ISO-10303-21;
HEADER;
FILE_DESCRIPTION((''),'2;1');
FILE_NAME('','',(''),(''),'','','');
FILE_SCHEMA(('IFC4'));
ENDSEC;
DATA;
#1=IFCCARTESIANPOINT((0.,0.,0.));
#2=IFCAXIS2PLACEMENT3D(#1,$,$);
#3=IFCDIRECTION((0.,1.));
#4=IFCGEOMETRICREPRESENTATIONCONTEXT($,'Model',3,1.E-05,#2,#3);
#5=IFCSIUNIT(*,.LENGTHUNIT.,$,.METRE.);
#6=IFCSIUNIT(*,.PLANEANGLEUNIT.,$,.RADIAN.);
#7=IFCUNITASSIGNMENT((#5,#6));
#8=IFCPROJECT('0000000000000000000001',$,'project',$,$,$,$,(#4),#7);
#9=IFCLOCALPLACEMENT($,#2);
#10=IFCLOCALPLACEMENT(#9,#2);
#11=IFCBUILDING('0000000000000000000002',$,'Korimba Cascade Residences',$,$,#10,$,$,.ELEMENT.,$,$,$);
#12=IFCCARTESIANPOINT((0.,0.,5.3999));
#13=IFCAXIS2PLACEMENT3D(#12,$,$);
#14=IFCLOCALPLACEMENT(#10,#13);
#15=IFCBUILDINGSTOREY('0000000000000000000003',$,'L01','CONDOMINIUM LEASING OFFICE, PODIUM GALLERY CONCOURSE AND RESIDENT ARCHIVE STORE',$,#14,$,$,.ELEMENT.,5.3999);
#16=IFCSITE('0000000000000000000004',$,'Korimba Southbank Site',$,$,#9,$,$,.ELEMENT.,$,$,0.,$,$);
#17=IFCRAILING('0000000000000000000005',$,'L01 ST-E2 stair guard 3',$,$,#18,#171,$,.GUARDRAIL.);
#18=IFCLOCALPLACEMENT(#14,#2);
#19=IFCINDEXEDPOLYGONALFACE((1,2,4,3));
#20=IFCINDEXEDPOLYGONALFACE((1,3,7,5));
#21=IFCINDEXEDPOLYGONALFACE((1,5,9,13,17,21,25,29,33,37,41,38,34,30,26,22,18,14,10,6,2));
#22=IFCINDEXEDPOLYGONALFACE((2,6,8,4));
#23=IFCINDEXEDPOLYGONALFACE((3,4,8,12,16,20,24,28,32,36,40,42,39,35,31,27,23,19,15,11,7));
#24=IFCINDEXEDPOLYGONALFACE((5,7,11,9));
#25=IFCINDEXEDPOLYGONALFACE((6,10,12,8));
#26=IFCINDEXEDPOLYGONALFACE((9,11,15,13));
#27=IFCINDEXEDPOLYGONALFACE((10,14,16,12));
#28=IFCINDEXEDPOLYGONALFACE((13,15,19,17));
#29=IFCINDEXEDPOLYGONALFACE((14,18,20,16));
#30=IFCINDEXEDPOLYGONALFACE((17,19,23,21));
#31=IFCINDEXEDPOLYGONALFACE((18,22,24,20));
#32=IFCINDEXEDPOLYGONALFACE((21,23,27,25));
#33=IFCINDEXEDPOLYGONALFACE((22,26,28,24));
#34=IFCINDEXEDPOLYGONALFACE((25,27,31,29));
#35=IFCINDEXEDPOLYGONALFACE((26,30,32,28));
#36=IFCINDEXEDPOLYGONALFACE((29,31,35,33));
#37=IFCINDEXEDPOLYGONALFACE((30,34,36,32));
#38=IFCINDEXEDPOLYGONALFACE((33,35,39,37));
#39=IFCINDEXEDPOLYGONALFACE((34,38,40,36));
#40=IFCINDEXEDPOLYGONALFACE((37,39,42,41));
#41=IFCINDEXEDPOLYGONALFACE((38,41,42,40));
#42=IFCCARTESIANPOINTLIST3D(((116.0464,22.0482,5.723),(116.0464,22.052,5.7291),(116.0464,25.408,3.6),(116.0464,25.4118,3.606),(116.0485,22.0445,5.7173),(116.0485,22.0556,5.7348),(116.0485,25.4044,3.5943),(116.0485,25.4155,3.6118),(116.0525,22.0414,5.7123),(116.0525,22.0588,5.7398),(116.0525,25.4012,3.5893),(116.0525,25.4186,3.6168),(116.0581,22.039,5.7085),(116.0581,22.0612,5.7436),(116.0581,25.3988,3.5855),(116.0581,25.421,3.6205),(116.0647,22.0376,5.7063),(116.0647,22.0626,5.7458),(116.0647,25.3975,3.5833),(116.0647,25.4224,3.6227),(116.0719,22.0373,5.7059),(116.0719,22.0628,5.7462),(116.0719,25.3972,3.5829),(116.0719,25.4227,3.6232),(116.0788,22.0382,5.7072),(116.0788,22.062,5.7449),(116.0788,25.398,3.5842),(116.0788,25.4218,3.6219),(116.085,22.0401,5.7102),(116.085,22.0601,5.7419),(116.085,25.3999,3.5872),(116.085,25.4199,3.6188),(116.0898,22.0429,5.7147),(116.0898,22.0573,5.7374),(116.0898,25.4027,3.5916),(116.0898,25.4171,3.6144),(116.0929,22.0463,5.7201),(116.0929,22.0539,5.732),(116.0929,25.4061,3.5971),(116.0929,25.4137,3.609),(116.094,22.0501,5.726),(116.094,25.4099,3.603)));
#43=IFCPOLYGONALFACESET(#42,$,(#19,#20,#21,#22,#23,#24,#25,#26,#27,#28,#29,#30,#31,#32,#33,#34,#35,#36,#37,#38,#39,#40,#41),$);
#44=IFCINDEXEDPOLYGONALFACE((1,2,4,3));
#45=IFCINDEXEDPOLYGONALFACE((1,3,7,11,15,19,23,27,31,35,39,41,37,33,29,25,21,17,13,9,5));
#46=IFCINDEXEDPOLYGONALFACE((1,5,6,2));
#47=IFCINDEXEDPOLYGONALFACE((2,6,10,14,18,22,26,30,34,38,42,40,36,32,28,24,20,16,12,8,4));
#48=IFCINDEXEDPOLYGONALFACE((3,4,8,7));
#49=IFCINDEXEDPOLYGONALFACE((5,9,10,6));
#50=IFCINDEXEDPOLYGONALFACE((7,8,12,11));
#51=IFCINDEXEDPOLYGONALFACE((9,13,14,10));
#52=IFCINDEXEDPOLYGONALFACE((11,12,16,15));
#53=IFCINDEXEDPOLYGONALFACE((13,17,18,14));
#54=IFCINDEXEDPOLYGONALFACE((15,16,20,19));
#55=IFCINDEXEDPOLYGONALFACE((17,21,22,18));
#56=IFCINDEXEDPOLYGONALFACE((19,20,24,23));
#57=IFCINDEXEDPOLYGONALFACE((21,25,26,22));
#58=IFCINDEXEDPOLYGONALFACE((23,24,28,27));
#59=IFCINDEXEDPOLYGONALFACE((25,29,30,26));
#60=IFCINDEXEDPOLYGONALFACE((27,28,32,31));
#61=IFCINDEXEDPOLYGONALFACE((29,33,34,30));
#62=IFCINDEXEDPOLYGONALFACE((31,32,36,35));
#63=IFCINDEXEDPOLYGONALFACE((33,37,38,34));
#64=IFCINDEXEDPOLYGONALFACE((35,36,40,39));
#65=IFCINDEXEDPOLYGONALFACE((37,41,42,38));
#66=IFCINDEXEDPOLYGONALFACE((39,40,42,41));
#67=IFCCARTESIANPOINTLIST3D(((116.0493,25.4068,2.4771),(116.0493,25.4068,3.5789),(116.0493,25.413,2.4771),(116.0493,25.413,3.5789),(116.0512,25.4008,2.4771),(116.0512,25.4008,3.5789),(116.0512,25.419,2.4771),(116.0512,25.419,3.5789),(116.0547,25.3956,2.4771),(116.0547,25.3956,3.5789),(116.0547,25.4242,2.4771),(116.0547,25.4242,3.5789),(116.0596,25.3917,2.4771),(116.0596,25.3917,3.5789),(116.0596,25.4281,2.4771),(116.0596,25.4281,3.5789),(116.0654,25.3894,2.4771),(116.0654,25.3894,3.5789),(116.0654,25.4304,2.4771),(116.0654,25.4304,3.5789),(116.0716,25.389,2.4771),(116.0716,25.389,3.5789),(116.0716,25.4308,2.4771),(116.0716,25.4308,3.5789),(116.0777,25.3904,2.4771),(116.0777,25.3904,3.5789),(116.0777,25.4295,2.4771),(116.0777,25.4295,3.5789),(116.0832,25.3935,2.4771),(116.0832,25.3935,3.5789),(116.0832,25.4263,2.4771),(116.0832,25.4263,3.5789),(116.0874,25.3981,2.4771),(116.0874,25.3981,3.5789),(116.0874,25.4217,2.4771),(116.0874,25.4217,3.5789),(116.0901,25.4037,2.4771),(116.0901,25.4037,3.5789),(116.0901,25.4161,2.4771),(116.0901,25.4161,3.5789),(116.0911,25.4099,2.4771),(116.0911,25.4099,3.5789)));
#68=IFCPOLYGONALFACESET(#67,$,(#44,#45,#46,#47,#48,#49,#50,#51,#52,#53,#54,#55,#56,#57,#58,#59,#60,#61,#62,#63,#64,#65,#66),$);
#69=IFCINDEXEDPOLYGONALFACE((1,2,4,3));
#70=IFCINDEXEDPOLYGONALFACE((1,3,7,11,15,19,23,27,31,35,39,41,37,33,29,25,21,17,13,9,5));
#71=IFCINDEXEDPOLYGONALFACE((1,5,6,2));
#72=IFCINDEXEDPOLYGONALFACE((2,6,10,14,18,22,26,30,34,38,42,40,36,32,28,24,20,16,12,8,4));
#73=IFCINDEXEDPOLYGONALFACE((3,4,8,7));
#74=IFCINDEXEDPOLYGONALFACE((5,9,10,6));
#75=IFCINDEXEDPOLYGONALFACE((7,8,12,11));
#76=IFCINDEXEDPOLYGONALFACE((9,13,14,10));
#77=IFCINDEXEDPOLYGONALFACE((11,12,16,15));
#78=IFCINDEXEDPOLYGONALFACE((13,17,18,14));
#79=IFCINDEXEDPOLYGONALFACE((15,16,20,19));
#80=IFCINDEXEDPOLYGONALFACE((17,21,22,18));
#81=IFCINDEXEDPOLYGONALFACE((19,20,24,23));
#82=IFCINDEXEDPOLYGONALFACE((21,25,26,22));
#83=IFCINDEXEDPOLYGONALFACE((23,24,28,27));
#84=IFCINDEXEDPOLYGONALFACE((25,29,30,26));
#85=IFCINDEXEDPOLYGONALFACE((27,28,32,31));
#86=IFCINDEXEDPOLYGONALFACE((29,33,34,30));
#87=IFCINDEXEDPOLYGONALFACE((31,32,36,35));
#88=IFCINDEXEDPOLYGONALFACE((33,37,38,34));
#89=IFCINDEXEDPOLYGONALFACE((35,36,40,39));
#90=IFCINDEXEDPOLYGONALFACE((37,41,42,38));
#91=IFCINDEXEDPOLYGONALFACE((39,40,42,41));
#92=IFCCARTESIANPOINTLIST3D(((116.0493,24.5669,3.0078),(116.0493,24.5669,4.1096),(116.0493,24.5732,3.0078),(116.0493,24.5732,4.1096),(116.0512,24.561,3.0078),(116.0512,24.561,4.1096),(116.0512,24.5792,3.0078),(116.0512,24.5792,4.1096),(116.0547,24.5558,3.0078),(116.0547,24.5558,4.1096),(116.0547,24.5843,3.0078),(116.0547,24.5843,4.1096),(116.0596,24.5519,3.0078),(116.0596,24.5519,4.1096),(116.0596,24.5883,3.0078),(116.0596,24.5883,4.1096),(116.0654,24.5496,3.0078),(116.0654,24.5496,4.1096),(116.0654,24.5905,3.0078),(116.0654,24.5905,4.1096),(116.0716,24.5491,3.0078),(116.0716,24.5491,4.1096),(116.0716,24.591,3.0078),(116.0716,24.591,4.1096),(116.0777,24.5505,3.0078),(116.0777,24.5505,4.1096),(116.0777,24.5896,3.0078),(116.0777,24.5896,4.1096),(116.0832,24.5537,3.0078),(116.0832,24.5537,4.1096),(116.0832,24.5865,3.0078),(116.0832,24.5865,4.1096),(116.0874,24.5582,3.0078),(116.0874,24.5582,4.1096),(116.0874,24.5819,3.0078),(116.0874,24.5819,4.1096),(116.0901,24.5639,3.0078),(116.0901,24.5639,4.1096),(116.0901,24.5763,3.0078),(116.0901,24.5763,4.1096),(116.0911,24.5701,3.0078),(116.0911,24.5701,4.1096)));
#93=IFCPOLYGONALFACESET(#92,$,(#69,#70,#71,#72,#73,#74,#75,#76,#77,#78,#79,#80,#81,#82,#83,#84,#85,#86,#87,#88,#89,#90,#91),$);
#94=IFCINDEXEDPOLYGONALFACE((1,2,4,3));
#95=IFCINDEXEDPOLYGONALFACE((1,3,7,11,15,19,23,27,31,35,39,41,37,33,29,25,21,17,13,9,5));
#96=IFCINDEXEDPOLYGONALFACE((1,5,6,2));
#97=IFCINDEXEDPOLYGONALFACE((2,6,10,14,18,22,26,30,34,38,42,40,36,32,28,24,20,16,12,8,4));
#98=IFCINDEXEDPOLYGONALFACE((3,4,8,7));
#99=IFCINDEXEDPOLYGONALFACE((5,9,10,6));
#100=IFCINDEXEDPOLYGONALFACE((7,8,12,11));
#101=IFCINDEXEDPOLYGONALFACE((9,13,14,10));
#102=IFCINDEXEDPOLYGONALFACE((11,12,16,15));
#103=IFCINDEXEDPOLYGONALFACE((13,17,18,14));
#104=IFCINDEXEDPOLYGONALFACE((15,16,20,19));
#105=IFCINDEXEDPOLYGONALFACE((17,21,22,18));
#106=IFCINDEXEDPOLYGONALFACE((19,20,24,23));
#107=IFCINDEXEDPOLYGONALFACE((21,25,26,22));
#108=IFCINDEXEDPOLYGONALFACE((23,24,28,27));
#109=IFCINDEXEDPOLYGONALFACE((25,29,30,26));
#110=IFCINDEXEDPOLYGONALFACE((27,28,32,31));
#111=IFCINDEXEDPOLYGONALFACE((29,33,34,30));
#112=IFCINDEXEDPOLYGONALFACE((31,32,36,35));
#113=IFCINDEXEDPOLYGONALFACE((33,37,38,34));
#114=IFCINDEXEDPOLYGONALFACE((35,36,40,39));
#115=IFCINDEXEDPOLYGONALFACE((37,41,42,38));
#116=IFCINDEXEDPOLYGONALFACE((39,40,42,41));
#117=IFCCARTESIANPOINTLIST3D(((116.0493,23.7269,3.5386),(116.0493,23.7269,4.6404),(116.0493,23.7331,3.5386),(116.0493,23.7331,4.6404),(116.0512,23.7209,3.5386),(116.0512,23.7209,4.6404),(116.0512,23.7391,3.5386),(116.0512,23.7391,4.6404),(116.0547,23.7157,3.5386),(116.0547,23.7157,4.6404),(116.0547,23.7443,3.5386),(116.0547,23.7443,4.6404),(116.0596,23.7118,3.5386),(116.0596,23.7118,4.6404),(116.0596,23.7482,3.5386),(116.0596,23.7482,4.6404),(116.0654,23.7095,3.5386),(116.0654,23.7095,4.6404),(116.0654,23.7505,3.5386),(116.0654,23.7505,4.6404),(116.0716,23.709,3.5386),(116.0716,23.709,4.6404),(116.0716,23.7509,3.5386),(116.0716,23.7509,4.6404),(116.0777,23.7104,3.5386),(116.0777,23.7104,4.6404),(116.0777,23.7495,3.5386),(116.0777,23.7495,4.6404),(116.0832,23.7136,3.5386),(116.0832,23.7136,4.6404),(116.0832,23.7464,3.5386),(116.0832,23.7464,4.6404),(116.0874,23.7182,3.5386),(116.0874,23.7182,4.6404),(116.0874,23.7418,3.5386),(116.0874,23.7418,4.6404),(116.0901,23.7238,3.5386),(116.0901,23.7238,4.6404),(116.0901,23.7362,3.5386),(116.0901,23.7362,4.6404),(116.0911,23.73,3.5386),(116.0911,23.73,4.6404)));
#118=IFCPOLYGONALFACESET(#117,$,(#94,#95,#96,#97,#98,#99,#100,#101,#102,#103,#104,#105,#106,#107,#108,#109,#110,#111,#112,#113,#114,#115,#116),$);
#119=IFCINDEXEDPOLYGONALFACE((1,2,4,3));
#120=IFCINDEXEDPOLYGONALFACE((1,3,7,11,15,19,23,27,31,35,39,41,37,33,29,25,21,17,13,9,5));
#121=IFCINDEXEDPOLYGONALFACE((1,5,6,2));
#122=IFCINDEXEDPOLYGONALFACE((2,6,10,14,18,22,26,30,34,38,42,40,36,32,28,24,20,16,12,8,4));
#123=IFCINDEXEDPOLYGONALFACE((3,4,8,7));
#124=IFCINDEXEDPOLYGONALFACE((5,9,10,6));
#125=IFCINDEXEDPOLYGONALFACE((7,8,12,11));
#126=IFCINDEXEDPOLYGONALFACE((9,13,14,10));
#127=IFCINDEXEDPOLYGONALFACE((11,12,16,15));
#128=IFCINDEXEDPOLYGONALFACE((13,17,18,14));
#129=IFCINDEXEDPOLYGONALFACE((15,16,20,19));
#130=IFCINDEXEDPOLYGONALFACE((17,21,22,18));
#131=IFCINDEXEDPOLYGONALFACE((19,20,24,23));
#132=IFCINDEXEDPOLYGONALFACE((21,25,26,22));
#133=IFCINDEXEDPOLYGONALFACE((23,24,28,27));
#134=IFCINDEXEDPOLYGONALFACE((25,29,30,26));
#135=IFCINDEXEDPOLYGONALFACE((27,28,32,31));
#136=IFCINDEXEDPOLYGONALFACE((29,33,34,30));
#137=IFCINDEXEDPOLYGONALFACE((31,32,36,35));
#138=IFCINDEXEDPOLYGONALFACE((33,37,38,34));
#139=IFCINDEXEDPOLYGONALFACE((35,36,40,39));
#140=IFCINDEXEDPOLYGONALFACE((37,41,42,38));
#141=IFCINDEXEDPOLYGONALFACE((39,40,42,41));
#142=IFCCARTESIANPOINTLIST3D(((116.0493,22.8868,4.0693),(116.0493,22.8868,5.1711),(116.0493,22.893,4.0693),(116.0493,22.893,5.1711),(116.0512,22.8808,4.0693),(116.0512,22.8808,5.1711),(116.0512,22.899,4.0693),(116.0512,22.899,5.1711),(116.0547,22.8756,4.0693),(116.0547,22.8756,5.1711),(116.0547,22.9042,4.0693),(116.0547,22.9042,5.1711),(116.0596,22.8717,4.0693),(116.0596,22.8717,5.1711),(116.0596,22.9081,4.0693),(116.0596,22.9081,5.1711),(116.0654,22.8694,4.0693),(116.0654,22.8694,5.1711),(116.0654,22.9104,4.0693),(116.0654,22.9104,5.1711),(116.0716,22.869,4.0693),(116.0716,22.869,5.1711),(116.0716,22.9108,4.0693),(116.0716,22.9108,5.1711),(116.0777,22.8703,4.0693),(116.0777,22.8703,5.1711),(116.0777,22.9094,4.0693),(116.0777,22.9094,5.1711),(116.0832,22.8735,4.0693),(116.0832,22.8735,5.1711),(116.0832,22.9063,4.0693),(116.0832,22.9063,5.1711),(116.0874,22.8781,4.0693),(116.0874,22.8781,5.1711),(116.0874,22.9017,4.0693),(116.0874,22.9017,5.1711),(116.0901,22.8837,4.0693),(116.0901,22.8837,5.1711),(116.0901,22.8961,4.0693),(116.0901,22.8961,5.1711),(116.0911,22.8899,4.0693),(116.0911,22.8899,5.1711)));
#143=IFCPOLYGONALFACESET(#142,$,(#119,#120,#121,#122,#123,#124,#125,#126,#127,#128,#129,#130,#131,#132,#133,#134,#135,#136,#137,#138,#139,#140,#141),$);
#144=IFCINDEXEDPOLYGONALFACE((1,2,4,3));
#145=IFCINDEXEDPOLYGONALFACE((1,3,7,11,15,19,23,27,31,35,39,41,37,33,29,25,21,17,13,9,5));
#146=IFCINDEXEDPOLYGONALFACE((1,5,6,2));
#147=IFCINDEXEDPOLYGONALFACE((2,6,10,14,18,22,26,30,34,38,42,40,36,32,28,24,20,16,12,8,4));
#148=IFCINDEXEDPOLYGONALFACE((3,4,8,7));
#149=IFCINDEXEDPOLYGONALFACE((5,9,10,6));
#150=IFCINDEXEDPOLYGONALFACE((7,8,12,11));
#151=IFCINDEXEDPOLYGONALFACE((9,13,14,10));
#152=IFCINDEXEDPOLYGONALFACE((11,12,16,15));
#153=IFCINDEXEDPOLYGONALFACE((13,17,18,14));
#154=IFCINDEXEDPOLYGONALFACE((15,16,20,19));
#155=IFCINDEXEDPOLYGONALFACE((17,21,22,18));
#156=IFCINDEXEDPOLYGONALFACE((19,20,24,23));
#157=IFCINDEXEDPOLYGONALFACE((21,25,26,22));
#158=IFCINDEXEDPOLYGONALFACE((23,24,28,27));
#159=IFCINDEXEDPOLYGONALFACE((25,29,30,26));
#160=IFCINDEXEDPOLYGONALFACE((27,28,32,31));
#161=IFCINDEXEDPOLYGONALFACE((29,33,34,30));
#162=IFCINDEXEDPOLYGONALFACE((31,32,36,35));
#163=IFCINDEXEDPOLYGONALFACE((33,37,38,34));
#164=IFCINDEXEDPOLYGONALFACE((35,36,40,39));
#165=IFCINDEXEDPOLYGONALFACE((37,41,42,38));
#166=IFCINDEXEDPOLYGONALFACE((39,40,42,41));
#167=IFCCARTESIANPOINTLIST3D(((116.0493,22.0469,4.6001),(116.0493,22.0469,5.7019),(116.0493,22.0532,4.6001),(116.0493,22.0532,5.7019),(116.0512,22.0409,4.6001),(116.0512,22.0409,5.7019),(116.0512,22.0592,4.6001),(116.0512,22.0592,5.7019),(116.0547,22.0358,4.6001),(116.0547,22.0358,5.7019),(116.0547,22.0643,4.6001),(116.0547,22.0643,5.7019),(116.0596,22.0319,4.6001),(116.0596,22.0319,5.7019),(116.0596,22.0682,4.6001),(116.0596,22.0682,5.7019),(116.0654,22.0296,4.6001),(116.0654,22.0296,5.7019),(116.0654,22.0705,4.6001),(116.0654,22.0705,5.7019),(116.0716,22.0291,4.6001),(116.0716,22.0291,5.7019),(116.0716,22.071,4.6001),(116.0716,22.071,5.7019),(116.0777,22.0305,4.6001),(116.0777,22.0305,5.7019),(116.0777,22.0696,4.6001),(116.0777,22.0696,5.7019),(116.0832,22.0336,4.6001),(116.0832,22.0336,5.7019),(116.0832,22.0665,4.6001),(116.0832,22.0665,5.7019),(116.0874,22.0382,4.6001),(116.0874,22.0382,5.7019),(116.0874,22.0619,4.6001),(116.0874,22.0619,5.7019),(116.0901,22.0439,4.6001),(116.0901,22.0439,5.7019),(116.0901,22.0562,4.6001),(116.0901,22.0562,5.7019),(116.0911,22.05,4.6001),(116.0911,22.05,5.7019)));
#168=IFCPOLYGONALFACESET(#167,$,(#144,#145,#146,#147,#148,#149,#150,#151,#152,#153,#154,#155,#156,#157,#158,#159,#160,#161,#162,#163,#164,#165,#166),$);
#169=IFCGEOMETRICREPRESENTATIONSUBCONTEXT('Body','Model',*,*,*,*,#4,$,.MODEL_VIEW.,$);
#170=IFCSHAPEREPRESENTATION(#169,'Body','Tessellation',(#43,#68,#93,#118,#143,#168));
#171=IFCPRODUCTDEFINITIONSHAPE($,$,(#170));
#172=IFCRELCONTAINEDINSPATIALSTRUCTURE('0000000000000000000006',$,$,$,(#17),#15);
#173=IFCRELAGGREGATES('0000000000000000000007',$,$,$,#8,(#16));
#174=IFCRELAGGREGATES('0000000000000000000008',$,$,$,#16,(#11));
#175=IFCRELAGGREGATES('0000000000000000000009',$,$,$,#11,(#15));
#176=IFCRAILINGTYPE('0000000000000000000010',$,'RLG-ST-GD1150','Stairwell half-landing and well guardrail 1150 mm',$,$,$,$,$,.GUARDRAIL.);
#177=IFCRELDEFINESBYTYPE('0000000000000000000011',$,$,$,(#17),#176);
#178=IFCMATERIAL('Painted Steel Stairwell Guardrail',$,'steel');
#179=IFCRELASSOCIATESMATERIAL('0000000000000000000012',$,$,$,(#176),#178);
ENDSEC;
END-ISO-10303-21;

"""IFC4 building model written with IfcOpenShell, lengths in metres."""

from ifc_helpers import new_model, si_unit, direction, frame, origin, origin_2d, place, context, subcontext, project, spatial, circle, extrude, material, type_object, element, save


model = new_model("IFC4")

# Units and contexts
model_context = context("Model", 3, precision=1e-05, world=origin(), true_north=direction((0.0, 1.0)))
body_context = subcontext(model_context, "Body", "Model", "MODEL_VIEW")
ifc_project = project(units=[si_unit("LENGTHUNIT", "METRE"), si_unit("PLANEANGLEUNIT", "RADIAN")], contexts=[model_context])

# Site, building, storey
site_placement = place(None, origin())
site = spatial("IfcSite", under=ifc_project, at=site_placement, Name="Korimba Southbank Site", CompositionType="ELEMENT", RefElevation=0.0)
building_placement = place(site_placement, origin())
building = spatial("IfcBuilding", under=site, at=building_placement, Name="Korimba Cascade Residences", CompositionType="ELEMENT")
storey_placement = place(building_placement, frame((0.0, 0.0, 5.3999)))
storey = spatial("IfcBuildingStorey", under=building, at=storey_placement, Name="L01", Description="CONDOMINIUM LEASING OFFICE, PODIUM GALLERY CONCOURSE AND RESIDENT ARCHIVE STORE", CompositionType="ELEMENT", Elevation=5.3999)

# Railing
ifc_material_1 = material(Name="Painted Steel Stairwell Guardrail", Category="steel")
railing_type_1 = type_object("IfcRailingType", Name="RLG-ST-GD1150", Description="Stairwell half-landing and well guardrail 1150 mm", PredefinedType="GUARDRAIL", material=ifc_material_1)
railing_1_placement = place(storey_placement, frame((116.0701, 25.4099, 2.4771)))
element("IfcRailing", 1, at=railing_1_placement, inside=storey, type_object=railing_type_1, Name="L01 ST-E2 stair guard 3", PredefinedType="GUARDRAIL", context=body_context, shape_type="SweptSolid", body=[
    extrude(circle(Radius=0.0239, at=origin_2d()), frame((0.0, 0.0, 1.126), z_axis=(0.0, -0.845372, 0.534178), x_axis=(1.0, 0.0, 0.0)), (0.0, 0.0, 1.0), 3.9744),
    extrude(circle(Radius=0.021, at=origin_2d()), origin(), (0.0, 0.0, 1.0), 1.1018),
    extrude(circle(Radius=0.021, at=origin_2d()), frame((0.0, -0.8398, 0.5308)), (0.0, 0.0, 1.0), 1.1018),
    extrude(circle(Radius=0.021, at=origin_2d()), frame((0.0, -1.6799, 1.0615)), (0.0, 0.0, 1.0), 1.1018),
    extrude(circle(Radius=0.021, at=origin_2d()), frame((0.0, -2.52, 1.5923)), (0.0, 0.0, 1.0), 1.1018),
    extrude(circle(Radius=0.021, at=origin_2d()), frame((0.0, -3.3599, 2.123)), (0.0, 0.0, 1.0), 1.1018),
])

save(model, "model.ifc")
